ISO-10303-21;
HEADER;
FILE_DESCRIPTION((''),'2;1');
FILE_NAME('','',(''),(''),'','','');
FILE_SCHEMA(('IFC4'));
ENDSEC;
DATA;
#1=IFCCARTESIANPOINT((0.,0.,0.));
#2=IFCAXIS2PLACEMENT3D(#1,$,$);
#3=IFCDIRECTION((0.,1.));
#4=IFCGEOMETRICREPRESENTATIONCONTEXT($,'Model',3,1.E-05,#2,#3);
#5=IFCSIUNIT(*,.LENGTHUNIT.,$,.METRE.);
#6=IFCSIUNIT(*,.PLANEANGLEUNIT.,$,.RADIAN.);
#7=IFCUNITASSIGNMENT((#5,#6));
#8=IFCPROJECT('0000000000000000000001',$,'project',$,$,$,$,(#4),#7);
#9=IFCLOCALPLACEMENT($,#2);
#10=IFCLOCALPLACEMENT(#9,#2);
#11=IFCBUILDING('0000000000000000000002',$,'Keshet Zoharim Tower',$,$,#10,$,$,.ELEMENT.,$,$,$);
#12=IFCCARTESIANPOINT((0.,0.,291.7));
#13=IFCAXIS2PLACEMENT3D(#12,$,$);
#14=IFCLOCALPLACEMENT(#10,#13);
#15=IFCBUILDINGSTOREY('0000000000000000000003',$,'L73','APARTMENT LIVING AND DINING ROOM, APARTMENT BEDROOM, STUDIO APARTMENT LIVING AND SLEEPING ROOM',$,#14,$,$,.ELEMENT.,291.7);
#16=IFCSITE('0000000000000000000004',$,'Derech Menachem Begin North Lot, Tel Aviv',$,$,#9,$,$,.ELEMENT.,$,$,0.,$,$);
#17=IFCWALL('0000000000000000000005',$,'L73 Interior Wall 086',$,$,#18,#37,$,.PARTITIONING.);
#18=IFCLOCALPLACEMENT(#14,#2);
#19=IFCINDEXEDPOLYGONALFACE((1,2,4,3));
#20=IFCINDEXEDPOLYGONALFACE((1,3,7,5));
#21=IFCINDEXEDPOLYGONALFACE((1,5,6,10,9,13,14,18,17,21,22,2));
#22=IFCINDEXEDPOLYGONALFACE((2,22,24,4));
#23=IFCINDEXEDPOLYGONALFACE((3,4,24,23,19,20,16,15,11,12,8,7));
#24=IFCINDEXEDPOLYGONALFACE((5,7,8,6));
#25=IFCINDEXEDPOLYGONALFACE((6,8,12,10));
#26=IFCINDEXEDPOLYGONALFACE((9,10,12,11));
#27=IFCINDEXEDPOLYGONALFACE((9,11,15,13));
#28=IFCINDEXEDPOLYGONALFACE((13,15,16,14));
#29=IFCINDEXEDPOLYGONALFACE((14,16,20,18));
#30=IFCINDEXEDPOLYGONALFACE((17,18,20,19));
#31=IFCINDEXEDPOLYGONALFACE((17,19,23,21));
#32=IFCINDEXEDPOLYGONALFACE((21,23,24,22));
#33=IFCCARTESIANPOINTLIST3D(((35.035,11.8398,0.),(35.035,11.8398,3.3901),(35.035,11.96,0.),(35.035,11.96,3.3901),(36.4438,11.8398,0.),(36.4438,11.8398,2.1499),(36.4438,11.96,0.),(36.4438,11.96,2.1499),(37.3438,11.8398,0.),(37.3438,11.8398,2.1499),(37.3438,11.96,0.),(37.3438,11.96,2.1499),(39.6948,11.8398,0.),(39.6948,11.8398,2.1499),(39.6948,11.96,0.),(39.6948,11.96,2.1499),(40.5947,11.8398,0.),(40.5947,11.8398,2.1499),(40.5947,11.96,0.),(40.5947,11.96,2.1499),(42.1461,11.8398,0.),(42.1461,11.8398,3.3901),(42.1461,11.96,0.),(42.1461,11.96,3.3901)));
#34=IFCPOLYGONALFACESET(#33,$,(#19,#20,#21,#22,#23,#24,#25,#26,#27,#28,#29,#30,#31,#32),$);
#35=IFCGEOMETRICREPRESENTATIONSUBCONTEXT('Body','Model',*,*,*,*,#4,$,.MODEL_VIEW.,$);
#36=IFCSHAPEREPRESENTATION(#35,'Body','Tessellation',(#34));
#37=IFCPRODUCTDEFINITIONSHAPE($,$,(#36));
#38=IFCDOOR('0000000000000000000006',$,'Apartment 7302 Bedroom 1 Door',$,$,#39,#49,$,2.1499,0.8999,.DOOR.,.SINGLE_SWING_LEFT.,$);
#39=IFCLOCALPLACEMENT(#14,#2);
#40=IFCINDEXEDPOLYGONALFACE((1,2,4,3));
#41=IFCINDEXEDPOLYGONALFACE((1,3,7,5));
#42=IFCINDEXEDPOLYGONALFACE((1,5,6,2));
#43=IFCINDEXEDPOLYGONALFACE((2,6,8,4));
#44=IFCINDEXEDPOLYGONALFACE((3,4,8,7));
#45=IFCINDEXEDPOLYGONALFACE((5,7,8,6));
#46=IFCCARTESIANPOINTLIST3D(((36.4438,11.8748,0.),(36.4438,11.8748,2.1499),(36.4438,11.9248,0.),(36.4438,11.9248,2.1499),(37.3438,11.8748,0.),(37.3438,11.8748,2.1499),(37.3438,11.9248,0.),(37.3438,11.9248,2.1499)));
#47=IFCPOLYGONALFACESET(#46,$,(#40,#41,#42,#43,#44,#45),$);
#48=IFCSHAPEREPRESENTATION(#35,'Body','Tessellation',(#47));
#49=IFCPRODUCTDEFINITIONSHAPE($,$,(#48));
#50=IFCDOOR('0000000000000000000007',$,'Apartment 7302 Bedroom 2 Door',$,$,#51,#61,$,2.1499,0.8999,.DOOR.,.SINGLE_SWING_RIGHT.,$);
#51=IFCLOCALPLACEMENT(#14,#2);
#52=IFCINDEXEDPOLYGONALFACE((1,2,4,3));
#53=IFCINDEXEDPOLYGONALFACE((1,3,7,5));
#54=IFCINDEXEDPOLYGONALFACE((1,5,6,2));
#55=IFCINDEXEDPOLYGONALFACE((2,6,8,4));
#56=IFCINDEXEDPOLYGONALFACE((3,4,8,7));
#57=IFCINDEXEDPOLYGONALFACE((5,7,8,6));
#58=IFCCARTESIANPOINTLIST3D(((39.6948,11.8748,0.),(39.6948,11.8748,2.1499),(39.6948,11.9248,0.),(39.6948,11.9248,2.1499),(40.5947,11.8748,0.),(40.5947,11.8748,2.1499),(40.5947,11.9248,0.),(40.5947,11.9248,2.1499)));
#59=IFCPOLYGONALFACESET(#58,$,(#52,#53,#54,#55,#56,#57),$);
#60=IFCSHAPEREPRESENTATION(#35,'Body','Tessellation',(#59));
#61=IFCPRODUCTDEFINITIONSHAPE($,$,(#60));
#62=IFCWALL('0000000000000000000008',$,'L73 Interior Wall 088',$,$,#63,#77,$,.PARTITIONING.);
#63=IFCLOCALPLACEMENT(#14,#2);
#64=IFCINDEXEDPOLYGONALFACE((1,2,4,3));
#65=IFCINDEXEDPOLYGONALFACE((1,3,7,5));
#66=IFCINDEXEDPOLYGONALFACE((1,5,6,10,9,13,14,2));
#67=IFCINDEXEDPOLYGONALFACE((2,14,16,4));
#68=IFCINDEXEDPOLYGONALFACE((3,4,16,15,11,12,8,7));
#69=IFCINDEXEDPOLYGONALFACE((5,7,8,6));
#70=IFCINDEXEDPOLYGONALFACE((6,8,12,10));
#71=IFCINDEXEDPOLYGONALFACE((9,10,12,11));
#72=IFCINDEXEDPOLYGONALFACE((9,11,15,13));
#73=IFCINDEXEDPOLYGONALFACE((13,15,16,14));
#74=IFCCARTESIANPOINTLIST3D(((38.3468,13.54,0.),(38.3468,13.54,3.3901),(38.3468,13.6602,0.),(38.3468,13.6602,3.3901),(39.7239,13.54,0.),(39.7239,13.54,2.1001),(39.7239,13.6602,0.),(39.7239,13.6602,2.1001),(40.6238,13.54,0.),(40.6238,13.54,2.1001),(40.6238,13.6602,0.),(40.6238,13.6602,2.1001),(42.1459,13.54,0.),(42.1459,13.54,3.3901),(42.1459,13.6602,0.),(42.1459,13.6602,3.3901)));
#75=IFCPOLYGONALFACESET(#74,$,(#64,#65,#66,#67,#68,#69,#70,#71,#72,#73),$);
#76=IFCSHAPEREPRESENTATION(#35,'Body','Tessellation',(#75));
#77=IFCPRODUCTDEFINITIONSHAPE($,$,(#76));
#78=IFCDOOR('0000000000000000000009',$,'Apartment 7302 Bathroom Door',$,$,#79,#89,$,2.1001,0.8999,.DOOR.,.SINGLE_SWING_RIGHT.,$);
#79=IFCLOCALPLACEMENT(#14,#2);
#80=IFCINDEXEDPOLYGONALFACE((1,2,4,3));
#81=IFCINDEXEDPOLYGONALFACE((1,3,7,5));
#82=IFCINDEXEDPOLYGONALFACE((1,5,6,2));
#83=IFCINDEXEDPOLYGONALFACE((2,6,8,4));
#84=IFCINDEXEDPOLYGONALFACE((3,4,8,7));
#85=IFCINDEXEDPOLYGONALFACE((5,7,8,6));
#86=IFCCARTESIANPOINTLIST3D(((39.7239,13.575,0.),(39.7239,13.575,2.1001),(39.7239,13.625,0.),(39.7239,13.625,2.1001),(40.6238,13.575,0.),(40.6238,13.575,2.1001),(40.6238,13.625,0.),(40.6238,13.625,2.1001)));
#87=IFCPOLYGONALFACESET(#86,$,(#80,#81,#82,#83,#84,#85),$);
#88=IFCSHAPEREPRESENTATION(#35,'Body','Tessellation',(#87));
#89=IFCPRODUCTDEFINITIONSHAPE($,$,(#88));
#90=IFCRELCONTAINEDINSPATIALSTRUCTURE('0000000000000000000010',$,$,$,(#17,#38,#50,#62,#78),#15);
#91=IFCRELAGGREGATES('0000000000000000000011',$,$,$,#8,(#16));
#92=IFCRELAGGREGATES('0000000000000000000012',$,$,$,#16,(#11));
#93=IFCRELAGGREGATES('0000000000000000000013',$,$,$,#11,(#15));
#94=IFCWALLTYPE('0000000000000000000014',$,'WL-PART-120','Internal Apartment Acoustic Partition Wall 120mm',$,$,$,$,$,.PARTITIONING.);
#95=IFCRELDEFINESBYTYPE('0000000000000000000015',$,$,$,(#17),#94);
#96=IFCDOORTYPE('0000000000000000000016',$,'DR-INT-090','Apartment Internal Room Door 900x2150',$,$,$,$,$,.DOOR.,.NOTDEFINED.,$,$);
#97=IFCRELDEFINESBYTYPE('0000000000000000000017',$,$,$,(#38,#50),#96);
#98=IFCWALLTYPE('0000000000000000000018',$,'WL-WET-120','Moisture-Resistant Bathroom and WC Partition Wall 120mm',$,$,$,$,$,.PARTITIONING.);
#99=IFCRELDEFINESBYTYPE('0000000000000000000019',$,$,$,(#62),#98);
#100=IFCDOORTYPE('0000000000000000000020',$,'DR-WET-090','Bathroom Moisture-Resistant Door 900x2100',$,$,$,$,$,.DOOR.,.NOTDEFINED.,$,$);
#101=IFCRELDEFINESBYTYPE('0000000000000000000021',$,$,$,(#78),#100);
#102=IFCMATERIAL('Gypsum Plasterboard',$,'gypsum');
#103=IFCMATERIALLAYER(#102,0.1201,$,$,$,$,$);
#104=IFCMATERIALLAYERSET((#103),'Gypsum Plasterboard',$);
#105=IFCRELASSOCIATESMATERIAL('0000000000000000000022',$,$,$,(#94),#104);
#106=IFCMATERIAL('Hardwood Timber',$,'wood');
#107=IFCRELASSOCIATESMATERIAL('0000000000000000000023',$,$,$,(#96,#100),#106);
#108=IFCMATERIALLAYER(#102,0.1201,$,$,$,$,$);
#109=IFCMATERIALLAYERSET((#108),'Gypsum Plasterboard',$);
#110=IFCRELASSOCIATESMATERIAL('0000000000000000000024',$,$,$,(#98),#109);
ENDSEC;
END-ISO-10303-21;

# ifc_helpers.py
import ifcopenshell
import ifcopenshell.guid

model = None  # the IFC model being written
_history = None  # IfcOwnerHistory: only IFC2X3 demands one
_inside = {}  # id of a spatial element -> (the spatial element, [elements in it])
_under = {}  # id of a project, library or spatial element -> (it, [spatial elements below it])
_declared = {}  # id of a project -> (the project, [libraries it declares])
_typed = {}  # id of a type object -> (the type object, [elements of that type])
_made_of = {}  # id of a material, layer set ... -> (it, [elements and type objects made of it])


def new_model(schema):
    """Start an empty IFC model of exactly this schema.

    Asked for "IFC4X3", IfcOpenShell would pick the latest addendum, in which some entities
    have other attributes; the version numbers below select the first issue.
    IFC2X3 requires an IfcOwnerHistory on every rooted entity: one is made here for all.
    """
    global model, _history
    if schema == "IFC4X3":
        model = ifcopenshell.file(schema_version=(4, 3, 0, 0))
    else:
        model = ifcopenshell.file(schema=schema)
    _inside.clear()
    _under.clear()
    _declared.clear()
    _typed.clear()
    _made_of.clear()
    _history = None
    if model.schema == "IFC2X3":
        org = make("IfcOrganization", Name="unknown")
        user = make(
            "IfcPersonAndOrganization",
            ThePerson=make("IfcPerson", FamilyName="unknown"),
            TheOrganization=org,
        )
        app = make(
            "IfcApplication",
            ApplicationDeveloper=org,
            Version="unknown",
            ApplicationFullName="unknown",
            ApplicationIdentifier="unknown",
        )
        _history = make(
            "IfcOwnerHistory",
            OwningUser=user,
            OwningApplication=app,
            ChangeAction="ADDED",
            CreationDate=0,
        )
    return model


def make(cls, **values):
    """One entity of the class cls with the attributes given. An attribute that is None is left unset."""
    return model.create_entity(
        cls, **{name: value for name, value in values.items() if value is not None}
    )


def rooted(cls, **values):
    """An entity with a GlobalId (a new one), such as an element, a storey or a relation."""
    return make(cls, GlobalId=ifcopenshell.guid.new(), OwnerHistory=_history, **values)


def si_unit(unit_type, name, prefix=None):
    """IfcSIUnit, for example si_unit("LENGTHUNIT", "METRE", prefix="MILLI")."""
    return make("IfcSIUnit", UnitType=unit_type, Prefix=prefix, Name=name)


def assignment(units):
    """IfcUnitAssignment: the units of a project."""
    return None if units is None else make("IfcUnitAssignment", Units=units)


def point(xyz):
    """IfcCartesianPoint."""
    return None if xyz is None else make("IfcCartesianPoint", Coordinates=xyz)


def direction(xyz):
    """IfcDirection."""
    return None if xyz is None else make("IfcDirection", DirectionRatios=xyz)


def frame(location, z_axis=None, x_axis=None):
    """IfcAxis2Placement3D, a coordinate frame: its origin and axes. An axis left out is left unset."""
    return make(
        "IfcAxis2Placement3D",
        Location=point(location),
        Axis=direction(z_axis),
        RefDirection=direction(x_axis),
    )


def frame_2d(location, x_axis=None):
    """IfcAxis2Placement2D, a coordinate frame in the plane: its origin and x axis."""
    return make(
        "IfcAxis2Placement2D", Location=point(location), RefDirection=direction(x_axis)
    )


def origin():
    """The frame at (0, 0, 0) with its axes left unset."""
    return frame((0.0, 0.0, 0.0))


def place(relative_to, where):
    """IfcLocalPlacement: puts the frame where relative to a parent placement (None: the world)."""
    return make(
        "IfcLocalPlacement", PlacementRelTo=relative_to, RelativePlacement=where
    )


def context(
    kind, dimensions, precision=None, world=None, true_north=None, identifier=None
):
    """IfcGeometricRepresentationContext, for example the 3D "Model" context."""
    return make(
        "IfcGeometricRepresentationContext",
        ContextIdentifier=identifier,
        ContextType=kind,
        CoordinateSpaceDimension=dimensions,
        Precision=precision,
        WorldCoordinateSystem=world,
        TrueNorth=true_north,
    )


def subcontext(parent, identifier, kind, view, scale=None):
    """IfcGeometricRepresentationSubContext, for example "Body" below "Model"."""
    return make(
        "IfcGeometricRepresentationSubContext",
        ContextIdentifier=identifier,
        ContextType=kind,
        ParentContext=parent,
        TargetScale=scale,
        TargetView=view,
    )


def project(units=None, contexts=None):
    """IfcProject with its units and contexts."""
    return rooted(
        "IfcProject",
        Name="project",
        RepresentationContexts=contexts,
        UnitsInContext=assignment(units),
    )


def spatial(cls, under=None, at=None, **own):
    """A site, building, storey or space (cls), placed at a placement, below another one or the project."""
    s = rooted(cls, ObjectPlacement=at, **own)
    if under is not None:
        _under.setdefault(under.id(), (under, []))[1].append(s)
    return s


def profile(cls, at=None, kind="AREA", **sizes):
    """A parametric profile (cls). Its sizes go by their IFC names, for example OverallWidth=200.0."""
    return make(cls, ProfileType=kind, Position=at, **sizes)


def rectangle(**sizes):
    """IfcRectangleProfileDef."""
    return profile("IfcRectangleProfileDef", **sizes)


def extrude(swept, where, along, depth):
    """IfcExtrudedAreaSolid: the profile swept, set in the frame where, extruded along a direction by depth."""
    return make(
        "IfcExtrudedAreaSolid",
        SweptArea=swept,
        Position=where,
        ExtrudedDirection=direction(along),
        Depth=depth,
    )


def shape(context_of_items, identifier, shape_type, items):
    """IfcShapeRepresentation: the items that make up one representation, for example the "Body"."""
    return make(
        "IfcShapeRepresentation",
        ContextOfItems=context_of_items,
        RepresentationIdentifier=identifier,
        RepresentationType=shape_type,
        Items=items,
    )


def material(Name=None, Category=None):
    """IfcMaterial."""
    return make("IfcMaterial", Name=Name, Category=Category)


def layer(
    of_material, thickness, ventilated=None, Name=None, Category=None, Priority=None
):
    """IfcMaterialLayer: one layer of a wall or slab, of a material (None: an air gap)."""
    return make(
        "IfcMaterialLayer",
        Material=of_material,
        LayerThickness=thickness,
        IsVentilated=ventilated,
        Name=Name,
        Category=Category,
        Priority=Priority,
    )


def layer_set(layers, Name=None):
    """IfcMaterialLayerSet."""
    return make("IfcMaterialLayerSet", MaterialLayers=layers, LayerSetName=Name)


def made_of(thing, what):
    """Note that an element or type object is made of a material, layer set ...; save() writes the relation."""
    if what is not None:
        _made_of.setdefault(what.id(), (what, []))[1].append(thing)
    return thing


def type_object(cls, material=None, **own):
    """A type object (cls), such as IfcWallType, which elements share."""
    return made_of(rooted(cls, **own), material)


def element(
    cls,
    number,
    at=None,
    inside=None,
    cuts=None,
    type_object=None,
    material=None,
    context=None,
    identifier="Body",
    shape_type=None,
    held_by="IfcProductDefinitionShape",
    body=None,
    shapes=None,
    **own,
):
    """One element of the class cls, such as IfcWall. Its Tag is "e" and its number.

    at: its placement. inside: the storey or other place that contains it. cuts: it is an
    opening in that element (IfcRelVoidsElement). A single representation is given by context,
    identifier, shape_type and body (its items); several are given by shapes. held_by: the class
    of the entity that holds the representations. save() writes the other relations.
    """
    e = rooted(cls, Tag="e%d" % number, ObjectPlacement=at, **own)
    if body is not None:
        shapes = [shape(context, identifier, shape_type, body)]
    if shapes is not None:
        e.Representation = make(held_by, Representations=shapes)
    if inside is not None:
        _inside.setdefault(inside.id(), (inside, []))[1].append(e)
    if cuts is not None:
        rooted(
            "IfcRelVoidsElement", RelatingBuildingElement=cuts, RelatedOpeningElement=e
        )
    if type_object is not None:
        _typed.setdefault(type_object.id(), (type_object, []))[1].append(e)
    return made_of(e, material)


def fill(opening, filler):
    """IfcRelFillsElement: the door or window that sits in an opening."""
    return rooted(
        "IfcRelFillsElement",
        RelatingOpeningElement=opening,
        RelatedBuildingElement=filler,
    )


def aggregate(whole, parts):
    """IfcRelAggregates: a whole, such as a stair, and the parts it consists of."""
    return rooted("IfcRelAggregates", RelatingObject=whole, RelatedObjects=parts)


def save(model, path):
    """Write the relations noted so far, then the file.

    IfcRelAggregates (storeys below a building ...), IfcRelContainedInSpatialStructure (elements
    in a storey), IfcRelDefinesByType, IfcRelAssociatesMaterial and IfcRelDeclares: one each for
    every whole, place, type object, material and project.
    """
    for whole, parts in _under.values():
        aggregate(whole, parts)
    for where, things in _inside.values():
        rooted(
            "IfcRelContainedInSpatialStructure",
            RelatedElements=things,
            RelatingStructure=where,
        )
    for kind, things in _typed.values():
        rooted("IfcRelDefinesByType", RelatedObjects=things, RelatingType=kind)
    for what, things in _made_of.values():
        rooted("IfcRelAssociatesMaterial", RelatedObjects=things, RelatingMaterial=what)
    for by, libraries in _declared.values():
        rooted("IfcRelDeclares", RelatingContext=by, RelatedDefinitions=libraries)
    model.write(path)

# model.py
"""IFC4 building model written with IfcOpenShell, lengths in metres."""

from ifc_helpers import new_model, si_unit, direction, frame, frame_2d, origin, place, context, subcontext, project, spatial, rectangle, extrude, material, layer, layer_set, type_object, element, fill, save


model = new_model("IFC4")

# Units and contexts
model_context = context("Model", 3, precision=1e-05, world=origin(), true_north=direction((0.0, 1.0)))
body_context = subcontext(model_context, "Body", "Model", "MODEL_VIEW")
ifc_project = project(units=[si_unit("LENGTHUNIT", "METRE"), si_unit("PLANEANGLEUNIT", "RADIAN")], contexts=[model_context])

# Site, building, storey
site_placement = place(None, origin())
site = spatial("IfcSite", under=ifc_project, at=site_placement, Name="Derech Menachem Begin North Lot, Tel Aviv", CompositionType="ELEMENT", RefElevation=0.0)
building_placement = place(site_placement, origin())
building = spatial("IfcBuilding", under=site, at=building_placement, Name="Keshet Zoharim Tower", CompositionType="ELEMENT")
storey_placement = place(building_placement, frame((0.0, 0.0, 291.7)))
storey = spatial("IfcBuildingStorey", under=building, at=storey_placement, Name="L73", Description="APARTMENT LIVING AND DINING ROOM, APARTMENT BEDROOM, STUDIO APARTMENT LIVING AND SLEEPING ROOM", CompositionType="ELEMENT", Elevation=291.7)

# Shared definitions
ifc_material_1 = material(Name="Gypsum Plasterboard", Category="gypsum")
ifc_layer_1 = layer(ifc_material_1, 0.1201)
ifc_layer_set_1 = layer_set([ifc_layer_1], Name="Gypsum Plasterboard")
wall_type_1 = type_object("IfcWallType", Name="WL-PART-120", Description="Internal Apartment Acoustic Partition Wall 120mm", PredefinedType="PARTITIONING", material=ifc_layer_set_1)

# Wall, openings, doors
wall_1_placement = place(storey_placement, frame((35.0349, 11.8999, 0.0), z_axis=(0.0, 0.0, 1.0), x_axis=(1.0, 0.0, 0.0)))
wall_1 = element("IfcWall", 1, at=wall_1_placement, inside=storey, type_object=wall_type_1, Name="L73 Interior Wall 086", PredefinedType="PARTITIONING", context=body_context, shape_type="SweptSolid", body=[
    extrude(rectangle(XDim=7.1111, YDim=0.1201, at=frame_2d((3.5557, 0.0))), origin(), (0.0, 0.0, 1.0), 3.3901),
])
opening_1_placement = place(wall_1_placement, frame((1.4089, 0.0, 0.0)))
opening_1 = element("IfcOpeningElement", 2, at=opening_1_placement, cuts=wall_1, PredefinedType="OPENING", context=body_context, shape_type="SweptSolid", body=[
    extrude(rectangle(XDim=0.8999, YDim=2.1499, at=frame_2d((0.45, 1.075))), frame((0.0, 0.0701, 0.0), z_axis=(0.0, -1.0, 0.0), x_axis=(1.0, 0.0, 0.0)), (0.0, 0.0, 1.0), 0.1401),
])
opening_2_placement = place(wall_1_placement, frame((4.6599, 0.0, 0.0)))
opening_2 = element("IfcOpeningElement", 3, at=opening_2_placement, cuts=wall_1, PredefinedType="OPENING", context=body_context, shape_type="SweptSolid", body=[
    extrude(rectangle(XDim=0.8999, YDim=2.1499, at=frame_2d((0.45, 1.075))), frame((0.0, 0.0701, 0.0), z_axis=(0.0, -1.0, 0.0), x_axis=(1.0, 0.0, 0.0)), (0.0, 0.0, 1.0), 0.1401),
])
ifc_material_2 = material(Name="Hardwood Timber", Category="wood")
door_type_1 = type_object("IfcDoorType", Name="DR-INT-090", Description="Apartment Internal Room Door 900x2150", OperationType="NOTDEFINED", PredefinedType="DOOR", material=ifc_material_2)
door_1_placement = place(opening_1_placement, origin())
door_1 = element("IfcDoor", 4, at=door_1_placement, inside=storey, type_object=door_type_1, Name="Apartment 7302 Bedroom 1 Door", OperationType="SINGLE_SWING_LEFT", OverallHeight=2.1499, OverallWidth=0.8999, PredefinedType="DOOR", context=body_context, shape_type="SweptSolid", body=[
    extrude(rectangle(XDim=0.8999, YDim=2.1499, at=frame_2d((0.45, 1.075))), frame((0.0, 0.0249, 0.0), z_axis=(0.0, -1.0, 0.0), x_axis=(1.0, 0.0, 0.0)), (0.0, 0.0, 1.0), 0.05),
])
fill(opening_1, door_1)
door_2_placement = place(opening_2_placement, origin())
door_2 = element("IfcDoor", 5, at=door_2_placement, inside=storey, type_object=door_type_1, Name="Apartment 7302 Bedroom 2 Door", OperationType="SINGLE_SWING_RIGHT", OverallHeight=2.1499, OverallWidth=0.8999, PredefinedType="DOOR", context=body_context, shape_type="SweptSolid", body=[
    extrude(rectangle(XDim=0.8999, YDim=2.1499, at=frame_2d((0.45, 1.075))), frame((0.0, 0.0249, 0.0), z_axis=(0.0, -1.0, 0.0), x_axis=(1.0, 0.0, 0.0)), (0.0, 0.0, 1.0), 0.05),
])
fill(opening_2, door_2)

# Wall, opening, door
ifc_layer_2 = layer(ifc_material_1, 0.1201)
ifc_layer_set_2 = layer_set([ifc_layer_2], Name="Gypsum Plasterboard")
wall_type_2 = type_object("IfcWallType", Name="WL-WET-120", Description="Moisture-Resistant Bathroom and WC Partition Wall 120mm", PredefinedType="PARTITIONING", material=ifc_layer_set_2)
wall_2_placement = place(storey_placement, frame((38.3469, 13.6001, 0.0), z_axis=(0.0, 0.0, 1.0), x_axis=(1.0, 0.0, 0.0)))
wall_2 = element("IfcWall", 6, at=wall_2_placement, inside=storey, type_object=wall_type_2, Name="L73 Interior Wall 088", PredefinedType="PARTITIONING", context=body_context, shape_type="SweptSolid", body=[
    extrude(rectangle(XDim=3.7991, YDim=0.1201, at=frame_2d((1.8994, 0.0))), origin(), (0.0, 0.0, 1.0), 3.3901),
])
opening_3_placement = place(wall_2_placement, frame((1.377, 0.0, 0.0)))
opening_3 = element("IfcOpeningElement", 7, at=opening_3_placement, cuts=wall_2, PredefinedType="OPENING", context=body_context, shape_type="SweptSolid", body=[
    extrude(rectangle(XDim=0.8999, YDim=2.1001, at=frame_2d((0.45, 1.05))), frame((0.0, 0.0701, 0.0), z_axis=(0.0, -1.0, 0.0), x_axis=(1.0, 0.0, 0.0)), (0.0, 0.0, 1.0), 0.1401),
])
door_type_2 = type_object("IfcDoorType", Name="DR-WET-090", Description="Bathroom Moisture-Resistant Door 900x2100", OperationType="NOTDEFINED", PredefinedType="DOOR", material=ifc_material_2)
door_3_placement = place(opening_3_placement, origin())
door_3 = element("IfcDoor", 8, at=door_3_placement, inside=storey, type_object=door_type_2, Name="Apartment 7302 Bathroom Door", OperationType="SINGLE_SWING_RIGHT", OverallHeight=2.1001, OverallWidth=0.8999, PredefinedType="DOOR", context=body_context, shape_type="SweptSolid", body=[
    extrude(rectangle(XDim=0.8999, YDim=2.1001, at=frame_2d((0.45, 1.05))), frame((0.0, 0.0249, 0.0), z_axis=(0.0, -1.0, 0.0), x_axis=(1.0, 0.0, 0.0)), (0.0, 0.0, 1.0), 0.05),
])
fill(opening_3, door_3)

save(model, "model.ifc")
